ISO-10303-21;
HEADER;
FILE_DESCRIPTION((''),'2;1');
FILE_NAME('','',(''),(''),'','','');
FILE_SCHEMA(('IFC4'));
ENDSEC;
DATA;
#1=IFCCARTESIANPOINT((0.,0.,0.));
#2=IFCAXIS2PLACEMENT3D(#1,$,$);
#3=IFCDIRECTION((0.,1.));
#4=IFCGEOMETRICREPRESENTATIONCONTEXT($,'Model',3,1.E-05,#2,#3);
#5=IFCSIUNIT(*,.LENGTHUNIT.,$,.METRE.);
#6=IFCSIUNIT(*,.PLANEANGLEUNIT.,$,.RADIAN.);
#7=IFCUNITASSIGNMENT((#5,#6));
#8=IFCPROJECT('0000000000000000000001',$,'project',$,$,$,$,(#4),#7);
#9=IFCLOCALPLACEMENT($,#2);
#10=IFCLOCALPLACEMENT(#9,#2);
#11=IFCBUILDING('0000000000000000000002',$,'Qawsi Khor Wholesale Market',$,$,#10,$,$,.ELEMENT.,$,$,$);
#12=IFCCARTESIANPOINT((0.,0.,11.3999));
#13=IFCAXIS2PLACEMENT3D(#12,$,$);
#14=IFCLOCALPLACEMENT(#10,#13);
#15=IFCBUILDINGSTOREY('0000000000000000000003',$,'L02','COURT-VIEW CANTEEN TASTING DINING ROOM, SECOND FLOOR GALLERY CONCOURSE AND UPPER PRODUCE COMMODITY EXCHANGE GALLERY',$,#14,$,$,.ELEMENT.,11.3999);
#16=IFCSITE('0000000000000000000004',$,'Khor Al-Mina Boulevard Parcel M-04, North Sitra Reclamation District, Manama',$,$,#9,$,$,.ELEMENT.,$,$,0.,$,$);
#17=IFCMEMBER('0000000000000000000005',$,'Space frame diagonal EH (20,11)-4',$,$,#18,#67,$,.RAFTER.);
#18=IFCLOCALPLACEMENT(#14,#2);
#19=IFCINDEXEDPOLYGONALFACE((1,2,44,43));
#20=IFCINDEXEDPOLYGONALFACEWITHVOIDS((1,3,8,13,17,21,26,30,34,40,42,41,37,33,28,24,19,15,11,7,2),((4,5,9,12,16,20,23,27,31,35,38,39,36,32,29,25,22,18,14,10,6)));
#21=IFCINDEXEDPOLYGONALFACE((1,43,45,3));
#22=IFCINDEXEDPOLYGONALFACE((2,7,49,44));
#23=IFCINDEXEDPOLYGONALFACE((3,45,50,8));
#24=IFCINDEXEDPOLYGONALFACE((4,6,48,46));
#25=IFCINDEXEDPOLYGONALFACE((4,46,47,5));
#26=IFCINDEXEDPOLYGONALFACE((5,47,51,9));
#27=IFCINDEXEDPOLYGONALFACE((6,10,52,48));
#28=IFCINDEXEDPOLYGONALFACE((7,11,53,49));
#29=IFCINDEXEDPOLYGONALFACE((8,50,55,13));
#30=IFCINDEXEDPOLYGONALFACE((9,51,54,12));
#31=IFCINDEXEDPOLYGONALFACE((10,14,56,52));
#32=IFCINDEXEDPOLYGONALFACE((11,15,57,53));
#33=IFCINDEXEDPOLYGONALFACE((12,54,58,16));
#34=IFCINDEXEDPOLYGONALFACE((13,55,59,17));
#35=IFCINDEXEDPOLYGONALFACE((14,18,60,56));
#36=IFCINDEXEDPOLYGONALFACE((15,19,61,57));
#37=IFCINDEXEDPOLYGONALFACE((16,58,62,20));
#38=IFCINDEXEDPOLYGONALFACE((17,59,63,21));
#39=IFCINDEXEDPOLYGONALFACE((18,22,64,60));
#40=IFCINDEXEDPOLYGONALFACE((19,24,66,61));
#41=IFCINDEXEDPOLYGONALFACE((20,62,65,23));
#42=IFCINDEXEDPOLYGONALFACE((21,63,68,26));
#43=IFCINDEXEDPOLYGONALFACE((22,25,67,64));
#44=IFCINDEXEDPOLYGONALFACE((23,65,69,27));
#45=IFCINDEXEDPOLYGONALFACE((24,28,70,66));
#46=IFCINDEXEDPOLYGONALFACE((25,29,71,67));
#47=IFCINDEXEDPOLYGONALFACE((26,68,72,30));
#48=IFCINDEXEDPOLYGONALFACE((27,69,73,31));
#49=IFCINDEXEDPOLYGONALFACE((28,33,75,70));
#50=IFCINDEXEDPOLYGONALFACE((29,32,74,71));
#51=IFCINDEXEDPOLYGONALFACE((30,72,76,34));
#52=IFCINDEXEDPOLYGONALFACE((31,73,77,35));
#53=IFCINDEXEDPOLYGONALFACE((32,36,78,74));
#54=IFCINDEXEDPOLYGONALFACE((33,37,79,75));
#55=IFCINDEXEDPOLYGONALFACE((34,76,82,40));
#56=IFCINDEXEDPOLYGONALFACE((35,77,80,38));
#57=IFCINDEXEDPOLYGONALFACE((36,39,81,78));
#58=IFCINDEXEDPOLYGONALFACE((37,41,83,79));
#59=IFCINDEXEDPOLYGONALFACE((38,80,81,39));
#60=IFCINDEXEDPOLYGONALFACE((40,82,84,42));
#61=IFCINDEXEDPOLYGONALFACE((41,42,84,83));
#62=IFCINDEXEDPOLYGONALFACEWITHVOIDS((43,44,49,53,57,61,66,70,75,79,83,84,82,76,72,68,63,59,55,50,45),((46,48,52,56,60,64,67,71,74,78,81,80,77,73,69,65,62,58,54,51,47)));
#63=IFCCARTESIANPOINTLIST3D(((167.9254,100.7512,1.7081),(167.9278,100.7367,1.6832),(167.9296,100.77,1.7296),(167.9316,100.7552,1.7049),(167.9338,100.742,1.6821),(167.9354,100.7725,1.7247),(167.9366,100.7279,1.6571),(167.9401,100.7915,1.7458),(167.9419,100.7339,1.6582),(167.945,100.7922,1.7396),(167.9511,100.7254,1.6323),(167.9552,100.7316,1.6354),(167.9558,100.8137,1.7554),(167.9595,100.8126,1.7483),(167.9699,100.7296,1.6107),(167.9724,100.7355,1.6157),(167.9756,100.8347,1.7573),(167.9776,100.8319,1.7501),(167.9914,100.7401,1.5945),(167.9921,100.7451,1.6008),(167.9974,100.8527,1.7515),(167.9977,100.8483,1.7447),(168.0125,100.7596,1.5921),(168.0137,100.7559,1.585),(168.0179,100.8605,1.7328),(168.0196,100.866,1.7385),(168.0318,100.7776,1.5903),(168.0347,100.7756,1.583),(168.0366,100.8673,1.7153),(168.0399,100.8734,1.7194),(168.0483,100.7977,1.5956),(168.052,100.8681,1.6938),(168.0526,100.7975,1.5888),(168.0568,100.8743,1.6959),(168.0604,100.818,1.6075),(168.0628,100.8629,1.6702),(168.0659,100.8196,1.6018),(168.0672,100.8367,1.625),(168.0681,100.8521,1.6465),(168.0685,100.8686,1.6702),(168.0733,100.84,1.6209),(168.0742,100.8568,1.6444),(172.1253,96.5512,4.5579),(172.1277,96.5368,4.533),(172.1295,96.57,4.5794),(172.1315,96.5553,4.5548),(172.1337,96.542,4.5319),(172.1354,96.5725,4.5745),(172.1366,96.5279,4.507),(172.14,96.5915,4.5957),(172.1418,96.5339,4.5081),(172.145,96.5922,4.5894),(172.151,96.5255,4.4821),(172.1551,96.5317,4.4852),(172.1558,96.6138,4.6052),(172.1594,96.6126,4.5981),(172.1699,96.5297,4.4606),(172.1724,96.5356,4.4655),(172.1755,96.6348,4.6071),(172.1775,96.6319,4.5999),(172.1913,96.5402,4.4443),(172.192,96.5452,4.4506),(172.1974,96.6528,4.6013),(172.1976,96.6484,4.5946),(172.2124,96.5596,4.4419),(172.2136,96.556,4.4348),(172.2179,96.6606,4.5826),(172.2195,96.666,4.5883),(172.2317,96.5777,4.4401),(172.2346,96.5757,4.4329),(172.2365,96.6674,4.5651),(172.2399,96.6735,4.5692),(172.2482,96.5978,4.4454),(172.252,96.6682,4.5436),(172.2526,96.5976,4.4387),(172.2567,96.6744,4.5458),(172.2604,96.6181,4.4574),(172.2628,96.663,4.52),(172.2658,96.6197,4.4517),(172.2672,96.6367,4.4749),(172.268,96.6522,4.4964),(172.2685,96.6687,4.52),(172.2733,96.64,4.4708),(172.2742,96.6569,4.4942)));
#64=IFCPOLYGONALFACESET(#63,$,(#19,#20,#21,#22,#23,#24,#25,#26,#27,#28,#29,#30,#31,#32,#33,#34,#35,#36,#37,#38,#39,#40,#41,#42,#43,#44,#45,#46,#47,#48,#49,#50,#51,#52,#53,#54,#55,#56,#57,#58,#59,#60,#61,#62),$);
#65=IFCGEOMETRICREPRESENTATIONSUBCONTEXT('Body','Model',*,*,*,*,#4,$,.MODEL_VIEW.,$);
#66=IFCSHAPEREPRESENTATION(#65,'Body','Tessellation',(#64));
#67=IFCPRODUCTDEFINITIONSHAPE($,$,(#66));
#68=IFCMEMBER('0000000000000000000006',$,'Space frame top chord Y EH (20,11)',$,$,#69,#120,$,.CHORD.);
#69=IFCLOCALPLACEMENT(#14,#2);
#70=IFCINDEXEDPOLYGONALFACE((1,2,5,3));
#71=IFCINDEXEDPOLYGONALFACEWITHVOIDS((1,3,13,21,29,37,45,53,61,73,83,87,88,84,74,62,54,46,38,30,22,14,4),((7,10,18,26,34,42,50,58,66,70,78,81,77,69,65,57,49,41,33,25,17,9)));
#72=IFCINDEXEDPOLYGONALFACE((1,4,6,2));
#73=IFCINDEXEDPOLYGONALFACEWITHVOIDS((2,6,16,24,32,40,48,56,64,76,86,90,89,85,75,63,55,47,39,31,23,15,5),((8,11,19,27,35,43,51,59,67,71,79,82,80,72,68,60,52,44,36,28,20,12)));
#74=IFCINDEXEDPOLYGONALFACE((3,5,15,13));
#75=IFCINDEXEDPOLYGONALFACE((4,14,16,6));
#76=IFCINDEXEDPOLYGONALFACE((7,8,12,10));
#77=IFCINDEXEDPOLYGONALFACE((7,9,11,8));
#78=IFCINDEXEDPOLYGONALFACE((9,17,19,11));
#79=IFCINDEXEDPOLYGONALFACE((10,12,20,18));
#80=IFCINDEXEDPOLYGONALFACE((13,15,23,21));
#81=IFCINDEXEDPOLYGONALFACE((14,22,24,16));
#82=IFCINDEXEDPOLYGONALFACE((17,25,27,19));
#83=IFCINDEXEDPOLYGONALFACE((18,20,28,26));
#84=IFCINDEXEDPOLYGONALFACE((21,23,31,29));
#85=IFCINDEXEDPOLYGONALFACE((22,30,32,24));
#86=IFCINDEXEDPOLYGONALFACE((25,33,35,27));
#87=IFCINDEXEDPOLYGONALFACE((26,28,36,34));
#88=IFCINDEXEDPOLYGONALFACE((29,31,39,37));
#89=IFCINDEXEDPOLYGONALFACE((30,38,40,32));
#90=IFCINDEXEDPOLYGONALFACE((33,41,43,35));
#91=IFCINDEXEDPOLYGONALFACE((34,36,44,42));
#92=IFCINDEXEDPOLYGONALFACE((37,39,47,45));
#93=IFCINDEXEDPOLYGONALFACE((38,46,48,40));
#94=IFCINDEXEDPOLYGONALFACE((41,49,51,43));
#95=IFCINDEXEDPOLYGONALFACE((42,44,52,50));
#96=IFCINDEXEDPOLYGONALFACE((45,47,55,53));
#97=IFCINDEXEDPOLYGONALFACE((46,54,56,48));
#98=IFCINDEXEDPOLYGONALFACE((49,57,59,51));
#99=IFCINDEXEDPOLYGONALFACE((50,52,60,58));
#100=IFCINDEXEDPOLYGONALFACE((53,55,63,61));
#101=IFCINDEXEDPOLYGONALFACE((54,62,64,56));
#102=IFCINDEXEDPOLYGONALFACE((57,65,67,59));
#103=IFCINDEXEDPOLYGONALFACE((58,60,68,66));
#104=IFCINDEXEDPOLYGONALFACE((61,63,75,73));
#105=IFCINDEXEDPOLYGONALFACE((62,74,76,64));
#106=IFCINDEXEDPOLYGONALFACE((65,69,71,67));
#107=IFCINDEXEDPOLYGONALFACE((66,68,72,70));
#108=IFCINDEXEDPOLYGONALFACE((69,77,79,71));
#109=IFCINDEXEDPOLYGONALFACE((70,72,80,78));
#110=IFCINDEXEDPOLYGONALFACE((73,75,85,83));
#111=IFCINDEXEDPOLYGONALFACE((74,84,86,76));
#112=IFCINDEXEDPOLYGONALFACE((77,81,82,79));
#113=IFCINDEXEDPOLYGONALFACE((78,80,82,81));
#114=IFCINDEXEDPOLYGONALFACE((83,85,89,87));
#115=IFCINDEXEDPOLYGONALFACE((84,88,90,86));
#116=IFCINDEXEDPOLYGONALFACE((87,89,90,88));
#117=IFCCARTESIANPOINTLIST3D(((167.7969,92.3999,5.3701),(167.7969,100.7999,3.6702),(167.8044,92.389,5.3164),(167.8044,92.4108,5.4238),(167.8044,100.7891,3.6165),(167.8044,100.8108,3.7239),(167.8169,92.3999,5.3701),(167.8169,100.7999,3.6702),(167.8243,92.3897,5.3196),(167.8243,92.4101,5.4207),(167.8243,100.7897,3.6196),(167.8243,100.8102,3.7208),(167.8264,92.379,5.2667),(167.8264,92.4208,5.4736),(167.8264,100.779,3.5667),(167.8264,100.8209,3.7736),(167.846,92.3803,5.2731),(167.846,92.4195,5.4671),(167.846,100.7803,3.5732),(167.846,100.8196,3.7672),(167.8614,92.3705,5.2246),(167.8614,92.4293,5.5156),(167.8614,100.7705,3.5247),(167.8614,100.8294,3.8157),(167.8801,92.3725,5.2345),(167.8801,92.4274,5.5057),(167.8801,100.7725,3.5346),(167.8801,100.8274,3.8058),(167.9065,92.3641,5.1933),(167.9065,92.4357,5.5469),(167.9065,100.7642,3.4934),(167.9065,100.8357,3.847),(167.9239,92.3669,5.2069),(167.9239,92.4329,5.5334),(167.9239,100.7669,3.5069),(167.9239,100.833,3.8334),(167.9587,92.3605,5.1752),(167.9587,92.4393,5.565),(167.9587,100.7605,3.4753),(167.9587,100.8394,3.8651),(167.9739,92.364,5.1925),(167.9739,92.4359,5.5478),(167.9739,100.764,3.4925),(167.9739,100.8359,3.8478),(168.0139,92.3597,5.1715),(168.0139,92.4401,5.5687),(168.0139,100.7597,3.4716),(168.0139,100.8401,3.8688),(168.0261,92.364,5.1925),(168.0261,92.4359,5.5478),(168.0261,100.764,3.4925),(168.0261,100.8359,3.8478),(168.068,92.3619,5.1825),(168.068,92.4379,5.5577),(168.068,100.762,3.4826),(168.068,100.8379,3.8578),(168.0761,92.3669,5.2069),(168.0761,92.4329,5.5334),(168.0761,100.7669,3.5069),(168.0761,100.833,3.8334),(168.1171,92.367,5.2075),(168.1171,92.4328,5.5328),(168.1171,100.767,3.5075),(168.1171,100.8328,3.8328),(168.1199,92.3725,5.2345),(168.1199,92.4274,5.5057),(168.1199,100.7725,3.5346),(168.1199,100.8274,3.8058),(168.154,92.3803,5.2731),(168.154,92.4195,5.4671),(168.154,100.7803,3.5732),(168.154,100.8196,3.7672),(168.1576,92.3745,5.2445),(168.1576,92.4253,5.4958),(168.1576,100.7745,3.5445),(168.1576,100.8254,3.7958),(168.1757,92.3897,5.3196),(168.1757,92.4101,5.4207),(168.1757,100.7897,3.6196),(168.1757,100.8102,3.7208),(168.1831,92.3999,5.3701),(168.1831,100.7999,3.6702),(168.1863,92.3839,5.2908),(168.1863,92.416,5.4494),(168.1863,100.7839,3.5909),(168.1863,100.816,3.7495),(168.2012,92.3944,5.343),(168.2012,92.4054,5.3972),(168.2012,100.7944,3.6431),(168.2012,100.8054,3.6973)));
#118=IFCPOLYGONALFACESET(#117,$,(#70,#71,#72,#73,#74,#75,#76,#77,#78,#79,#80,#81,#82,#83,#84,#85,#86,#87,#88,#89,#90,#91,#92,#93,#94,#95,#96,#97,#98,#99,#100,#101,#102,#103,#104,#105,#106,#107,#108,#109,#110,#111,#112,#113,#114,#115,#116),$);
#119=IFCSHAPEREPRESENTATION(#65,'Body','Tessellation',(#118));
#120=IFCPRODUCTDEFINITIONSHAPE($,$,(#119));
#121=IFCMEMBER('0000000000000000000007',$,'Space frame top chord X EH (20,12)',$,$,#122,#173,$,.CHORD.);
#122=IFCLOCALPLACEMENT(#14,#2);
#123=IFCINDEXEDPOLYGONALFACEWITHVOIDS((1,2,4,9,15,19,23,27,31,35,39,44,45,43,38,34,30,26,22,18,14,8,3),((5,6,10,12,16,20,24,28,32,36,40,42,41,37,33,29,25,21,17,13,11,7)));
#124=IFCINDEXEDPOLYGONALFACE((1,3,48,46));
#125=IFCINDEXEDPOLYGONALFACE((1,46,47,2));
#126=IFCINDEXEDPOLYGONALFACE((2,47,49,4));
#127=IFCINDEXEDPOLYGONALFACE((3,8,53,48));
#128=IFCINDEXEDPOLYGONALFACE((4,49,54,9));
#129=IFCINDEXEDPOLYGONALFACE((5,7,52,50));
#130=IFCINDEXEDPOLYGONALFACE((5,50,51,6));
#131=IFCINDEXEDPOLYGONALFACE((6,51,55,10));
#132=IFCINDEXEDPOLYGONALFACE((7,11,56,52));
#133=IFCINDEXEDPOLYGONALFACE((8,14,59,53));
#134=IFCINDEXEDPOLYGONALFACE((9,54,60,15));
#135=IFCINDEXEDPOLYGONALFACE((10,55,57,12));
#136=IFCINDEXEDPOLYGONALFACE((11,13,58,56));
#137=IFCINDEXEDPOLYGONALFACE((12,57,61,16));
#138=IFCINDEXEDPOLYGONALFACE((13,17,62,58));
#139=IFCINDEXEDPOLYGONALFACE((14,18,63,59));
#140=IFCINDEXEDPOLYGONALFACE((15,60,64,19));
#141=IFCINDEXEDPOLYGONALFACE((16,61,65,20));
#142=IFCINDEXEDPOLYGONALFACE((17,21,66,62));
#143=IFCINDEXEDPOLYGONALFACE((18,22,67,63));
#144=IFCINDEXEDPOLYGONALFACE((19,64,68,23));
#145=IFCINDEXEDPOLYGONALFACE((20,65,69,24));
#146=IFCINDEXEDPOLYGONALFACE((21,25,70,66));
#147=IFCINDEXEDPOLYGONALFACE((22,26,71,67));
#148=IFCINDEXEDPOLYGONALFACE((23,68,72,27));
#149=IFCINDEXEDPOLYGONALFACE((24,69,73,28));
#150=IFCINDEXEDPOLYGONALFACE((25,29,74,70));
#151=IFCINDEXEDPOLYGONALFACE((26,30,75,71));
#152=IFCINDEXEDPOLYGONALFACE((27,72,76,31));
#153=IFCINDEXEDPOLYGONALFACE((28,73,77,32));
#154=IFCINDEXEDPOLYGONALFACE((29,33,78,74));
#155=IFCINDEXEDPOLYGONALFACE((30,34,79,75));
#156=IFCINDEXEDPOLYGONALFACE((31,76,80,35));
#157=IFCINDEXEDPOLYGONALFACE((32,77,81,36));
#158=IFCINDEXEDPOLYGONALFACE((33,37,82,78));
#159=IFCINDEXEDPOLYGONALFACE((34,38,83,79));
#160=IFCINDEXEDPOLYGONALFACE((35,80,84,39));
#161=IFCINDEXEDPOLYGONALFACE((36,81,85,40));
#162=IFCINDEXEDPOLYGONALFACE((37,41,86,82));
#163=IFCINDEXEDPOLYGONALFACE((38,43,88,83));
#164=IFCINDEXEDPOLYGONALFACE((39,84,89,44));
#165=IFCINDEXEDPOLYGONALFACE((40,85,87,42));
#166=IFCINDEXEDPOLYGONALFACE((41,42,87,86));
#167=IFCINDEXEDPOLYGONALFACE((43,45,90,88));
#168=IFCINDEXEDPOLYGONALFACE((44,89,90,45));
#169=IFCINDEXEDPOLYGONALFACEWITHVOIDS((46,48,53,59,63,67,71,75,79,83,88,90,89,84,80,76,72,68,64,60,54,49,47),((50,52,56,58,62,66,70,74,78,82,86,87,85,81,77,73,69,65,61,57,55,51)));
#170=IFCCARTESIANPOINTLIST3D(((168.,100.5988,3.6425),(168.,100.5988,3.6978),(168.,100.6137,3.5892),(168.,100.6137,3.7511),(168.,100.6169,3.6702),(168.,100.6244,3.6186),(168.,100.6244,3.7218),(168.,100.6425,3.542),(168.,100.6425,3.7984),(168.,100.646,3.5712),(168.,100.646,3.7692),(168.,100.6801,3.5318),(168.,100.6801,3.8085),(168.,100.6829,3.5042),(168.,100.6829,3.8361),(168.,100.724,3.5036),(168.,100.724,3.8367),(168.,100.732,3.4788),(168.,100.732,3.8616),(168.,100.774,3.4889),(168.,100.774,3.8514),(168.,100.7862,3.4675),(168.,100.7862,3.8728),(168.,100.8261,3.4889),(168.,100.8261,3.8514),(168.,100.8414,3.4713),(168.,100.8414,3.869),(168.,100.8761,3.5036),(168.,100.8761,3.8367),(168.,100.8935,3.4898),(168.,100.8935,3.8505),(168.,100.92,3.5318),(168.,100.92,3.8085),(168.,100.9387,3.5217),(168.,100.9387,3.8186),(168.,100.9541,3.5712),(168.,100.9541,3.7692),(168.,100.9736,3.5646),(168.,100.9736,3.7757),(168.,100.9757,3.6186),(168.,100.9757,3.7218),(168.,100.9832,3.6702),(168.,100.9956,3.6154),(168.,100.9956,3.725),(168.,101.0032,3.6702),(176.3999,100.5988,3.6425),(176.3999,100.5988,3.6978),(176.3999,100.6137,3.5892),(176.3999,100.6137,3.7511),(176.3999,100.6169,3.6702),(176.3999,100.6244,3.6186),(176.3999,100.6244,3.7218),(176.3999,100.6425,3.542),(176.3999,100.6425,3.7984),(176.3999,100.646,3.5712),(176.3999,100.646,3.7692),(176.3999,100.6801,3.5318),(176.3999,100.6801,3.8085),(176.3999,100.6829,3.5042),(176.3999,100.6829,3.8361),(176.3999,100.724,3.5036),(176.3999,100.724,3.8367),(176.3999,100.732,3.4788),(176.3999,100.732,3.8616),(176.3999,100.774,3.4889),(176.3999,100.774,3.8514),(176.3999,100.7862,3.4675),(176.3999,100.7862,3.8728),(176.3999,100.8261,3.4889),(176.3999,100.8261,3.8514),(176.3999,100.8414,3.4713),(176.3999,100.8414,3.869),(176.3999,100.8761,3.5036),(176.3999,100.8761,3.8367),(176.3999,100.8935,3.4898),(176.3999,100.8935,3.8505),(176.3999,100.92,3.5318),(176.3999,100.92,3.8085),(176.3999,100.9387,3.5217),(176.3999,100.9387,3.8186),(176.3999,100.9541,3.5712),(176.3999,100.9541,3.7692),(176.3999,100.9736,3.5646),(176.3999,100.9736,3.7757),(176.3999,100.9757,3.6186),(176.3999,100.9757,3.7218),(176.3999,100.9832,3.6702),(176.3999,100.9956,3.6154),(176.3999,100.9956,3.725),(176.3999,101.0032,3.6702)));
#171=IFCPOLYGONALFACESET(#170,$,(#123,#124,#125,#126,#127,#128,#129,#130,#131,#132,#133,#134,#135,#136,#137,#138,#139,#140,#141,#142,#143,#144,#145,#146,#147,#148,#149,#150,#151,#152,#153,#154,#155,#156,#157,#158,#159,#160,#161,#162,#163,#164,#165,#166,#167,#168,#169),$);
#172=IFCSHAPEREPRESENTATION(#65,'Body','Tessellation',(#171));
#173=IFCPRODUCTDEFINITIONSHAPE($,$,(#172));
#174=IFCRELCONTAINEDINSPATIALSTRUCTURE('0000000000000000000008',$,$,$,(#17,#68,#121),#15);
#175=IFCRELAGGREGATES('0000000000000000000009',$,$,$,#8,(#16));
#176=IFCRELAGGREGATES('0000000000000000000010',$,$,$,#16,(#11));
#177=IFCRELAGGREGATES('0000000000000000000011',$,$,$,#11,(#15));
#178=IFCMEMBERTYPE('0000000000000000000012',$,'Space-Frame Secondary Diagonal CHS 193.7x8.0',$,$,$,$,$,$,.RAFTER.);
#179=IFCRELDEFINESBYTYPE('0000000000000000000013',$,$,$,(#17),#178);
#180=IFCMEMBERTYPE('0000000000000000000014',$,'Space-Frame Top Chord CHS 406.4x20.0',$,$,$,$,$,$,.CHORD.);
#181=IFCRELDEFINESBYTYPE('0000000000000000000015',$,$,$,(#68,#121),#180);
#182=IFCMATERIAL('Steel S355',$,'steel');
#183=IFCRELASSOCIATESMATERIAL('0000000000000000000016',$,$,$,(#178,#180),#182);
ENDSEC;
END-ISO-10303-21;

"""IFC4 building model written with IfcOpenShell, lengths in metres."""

from ifc_helpers import new_model, si_unit, direction, frame, origin, origin_2d, place, context, subcontext, project, spatial, hollow_circle, extrude, material, material_profile, profile_set, type_object, element, save


model = new_model("IFC4")

# Units and contexts
model_context = context("Model", 3, precision=1e-05, world=origin(), true_north=direction((0.0, 1.0)))
body_context = subcontext(model_context, "Body", "Model", "MODEL_VIEW")
ifc_project = project(units=[si_unit("LENGTHUNIT", "METRE"), si_unit("PLANEANGLEUNIT", "RADIAN")], contexts=[model_context])

# Site, building, storey
site_placement = place(None, origin())
site = spatial("IfcSite", under=ifc_project, at=site_placement, Name="Khor Al-Mina Boulevard Parcel M-04, North Sitra Reclamation District, Manama", CompositionType="ELEMENT", RefElevation=0.0)
building_placement = place(site_placement, origin())
building = spatial("IfcBuilding", under=site, at=building_placement, Name="Qawsi Khor Wholesale Market", CompositionType="ELEMENT")
storey_placement = place(building_placement, frame((0.0, 0.0, 11.3999)))
storey = spatial("IfcBuildingStorey", under=building, at=storey_placement, Name="L02", Description="COURT-VIEW CANTEEN TASTING DINING ROOM, SECOND FLOOR GALLERY CONCOURSE AND UPPER PRODUCE COMMODITY EXCHANGE GALLERY", CompositionType="ELEMENT", Elevation=11.3999)

# Members
ifc_material_1 = material(Name="Steel S355", Category="steel")
ifc_material_profile_1 = material_profile(ifc_material_1, hollow_circle(Radius=0.0969, WallThickness=0.0081, at=origin_2d()), Name="CHS 193.7x8.0")
ifc_profile_set_1 = profile_set([ifc_material_profile_1], Name="Steel S355")
member_type_1 = type_object("IfcMemberType", Name="Space-Frame Secondary Diagonal CHS 193.7x8.0", PredefinedType="RAFTER", material=ifc_profile_set_1)
member_1_placement = place(storey_placement, frame((168.0, 100.8, 1.6702), z_axis=(0.637522, -0.637522, 0.432587), x_axis=(0.707107, 0.707107, 0.0)))
element("IfcMember", 1, at=member_1_placement, inside=storey, type_object=member_type_1, Name="Space frame diagonal EH (20,11)-4", PredefinedType="RAFTER", context=body_context, shape_type="SweptSolid", body=[
    extrude(hollow_circle(Radius=0.0969, WallThickness=0.0081, at=origin_2d()), origin(), (0.0, 0.0, 1.0), 6.5879),
])
ifc_material_profile_2 = material_profile(ifc_material_1, hollow_circle(Radius=0.2031, WallThickness=0.02, at=origin_2d()), Name="CHS 406.4x20.0")
ifc_profile_set_2 = profile_set([ifc_material_profile_2], Name="Steel S355")
member_type_2 = type_object("IfcMemberType", Name="Space-Frame Top Chord CHS 406.4x20.0", PredefinedType="CHORD", material=ifc_profile_set_2)
member_2_placement = place(storey_placement, frame((168.0, 92.3999, 5.3701), z_axis=(0.0, 0.980131, -0.198351), x_axis=(-1.0, 0.0, 0.0)))
element("IfcMember", 2, at=member_2_placement, inside=storey, type_object=member_type_2, Name="Space frame top chord Y EH (20,11)", PredefinedType="CHORD", context=body_context, shape_type="SweptSolid", body=[
    extrude(hollow_circle(Radius=0.2031, WallThickness=0.02, at=origin_2d()), origin(), (0.0, 0.0, 1.0), 8.5703),
])
member_3_placement = place(storey_placement, frame((168.0, 100.8, 3.6702), z_axis=(1.0, 0.0, 0.0), x_axis=(0.0, 1.0, 0.0)))
element("IfcMember", 3, at=member_3_placement, inside=storey, type_object=member_type_2, Name="Space frame top chord X EH (20,12)", PredefinedType="CHORD", context=body_context, shape_type="SweptSolid", body=[
    extrude(hollow_circle(Radius=0.2031, WallThickness=0.02, at=origin_2d()), origin(), (0.0, 0.0, 1.0), 8.3999),
])

save(model, "model.ifc")
